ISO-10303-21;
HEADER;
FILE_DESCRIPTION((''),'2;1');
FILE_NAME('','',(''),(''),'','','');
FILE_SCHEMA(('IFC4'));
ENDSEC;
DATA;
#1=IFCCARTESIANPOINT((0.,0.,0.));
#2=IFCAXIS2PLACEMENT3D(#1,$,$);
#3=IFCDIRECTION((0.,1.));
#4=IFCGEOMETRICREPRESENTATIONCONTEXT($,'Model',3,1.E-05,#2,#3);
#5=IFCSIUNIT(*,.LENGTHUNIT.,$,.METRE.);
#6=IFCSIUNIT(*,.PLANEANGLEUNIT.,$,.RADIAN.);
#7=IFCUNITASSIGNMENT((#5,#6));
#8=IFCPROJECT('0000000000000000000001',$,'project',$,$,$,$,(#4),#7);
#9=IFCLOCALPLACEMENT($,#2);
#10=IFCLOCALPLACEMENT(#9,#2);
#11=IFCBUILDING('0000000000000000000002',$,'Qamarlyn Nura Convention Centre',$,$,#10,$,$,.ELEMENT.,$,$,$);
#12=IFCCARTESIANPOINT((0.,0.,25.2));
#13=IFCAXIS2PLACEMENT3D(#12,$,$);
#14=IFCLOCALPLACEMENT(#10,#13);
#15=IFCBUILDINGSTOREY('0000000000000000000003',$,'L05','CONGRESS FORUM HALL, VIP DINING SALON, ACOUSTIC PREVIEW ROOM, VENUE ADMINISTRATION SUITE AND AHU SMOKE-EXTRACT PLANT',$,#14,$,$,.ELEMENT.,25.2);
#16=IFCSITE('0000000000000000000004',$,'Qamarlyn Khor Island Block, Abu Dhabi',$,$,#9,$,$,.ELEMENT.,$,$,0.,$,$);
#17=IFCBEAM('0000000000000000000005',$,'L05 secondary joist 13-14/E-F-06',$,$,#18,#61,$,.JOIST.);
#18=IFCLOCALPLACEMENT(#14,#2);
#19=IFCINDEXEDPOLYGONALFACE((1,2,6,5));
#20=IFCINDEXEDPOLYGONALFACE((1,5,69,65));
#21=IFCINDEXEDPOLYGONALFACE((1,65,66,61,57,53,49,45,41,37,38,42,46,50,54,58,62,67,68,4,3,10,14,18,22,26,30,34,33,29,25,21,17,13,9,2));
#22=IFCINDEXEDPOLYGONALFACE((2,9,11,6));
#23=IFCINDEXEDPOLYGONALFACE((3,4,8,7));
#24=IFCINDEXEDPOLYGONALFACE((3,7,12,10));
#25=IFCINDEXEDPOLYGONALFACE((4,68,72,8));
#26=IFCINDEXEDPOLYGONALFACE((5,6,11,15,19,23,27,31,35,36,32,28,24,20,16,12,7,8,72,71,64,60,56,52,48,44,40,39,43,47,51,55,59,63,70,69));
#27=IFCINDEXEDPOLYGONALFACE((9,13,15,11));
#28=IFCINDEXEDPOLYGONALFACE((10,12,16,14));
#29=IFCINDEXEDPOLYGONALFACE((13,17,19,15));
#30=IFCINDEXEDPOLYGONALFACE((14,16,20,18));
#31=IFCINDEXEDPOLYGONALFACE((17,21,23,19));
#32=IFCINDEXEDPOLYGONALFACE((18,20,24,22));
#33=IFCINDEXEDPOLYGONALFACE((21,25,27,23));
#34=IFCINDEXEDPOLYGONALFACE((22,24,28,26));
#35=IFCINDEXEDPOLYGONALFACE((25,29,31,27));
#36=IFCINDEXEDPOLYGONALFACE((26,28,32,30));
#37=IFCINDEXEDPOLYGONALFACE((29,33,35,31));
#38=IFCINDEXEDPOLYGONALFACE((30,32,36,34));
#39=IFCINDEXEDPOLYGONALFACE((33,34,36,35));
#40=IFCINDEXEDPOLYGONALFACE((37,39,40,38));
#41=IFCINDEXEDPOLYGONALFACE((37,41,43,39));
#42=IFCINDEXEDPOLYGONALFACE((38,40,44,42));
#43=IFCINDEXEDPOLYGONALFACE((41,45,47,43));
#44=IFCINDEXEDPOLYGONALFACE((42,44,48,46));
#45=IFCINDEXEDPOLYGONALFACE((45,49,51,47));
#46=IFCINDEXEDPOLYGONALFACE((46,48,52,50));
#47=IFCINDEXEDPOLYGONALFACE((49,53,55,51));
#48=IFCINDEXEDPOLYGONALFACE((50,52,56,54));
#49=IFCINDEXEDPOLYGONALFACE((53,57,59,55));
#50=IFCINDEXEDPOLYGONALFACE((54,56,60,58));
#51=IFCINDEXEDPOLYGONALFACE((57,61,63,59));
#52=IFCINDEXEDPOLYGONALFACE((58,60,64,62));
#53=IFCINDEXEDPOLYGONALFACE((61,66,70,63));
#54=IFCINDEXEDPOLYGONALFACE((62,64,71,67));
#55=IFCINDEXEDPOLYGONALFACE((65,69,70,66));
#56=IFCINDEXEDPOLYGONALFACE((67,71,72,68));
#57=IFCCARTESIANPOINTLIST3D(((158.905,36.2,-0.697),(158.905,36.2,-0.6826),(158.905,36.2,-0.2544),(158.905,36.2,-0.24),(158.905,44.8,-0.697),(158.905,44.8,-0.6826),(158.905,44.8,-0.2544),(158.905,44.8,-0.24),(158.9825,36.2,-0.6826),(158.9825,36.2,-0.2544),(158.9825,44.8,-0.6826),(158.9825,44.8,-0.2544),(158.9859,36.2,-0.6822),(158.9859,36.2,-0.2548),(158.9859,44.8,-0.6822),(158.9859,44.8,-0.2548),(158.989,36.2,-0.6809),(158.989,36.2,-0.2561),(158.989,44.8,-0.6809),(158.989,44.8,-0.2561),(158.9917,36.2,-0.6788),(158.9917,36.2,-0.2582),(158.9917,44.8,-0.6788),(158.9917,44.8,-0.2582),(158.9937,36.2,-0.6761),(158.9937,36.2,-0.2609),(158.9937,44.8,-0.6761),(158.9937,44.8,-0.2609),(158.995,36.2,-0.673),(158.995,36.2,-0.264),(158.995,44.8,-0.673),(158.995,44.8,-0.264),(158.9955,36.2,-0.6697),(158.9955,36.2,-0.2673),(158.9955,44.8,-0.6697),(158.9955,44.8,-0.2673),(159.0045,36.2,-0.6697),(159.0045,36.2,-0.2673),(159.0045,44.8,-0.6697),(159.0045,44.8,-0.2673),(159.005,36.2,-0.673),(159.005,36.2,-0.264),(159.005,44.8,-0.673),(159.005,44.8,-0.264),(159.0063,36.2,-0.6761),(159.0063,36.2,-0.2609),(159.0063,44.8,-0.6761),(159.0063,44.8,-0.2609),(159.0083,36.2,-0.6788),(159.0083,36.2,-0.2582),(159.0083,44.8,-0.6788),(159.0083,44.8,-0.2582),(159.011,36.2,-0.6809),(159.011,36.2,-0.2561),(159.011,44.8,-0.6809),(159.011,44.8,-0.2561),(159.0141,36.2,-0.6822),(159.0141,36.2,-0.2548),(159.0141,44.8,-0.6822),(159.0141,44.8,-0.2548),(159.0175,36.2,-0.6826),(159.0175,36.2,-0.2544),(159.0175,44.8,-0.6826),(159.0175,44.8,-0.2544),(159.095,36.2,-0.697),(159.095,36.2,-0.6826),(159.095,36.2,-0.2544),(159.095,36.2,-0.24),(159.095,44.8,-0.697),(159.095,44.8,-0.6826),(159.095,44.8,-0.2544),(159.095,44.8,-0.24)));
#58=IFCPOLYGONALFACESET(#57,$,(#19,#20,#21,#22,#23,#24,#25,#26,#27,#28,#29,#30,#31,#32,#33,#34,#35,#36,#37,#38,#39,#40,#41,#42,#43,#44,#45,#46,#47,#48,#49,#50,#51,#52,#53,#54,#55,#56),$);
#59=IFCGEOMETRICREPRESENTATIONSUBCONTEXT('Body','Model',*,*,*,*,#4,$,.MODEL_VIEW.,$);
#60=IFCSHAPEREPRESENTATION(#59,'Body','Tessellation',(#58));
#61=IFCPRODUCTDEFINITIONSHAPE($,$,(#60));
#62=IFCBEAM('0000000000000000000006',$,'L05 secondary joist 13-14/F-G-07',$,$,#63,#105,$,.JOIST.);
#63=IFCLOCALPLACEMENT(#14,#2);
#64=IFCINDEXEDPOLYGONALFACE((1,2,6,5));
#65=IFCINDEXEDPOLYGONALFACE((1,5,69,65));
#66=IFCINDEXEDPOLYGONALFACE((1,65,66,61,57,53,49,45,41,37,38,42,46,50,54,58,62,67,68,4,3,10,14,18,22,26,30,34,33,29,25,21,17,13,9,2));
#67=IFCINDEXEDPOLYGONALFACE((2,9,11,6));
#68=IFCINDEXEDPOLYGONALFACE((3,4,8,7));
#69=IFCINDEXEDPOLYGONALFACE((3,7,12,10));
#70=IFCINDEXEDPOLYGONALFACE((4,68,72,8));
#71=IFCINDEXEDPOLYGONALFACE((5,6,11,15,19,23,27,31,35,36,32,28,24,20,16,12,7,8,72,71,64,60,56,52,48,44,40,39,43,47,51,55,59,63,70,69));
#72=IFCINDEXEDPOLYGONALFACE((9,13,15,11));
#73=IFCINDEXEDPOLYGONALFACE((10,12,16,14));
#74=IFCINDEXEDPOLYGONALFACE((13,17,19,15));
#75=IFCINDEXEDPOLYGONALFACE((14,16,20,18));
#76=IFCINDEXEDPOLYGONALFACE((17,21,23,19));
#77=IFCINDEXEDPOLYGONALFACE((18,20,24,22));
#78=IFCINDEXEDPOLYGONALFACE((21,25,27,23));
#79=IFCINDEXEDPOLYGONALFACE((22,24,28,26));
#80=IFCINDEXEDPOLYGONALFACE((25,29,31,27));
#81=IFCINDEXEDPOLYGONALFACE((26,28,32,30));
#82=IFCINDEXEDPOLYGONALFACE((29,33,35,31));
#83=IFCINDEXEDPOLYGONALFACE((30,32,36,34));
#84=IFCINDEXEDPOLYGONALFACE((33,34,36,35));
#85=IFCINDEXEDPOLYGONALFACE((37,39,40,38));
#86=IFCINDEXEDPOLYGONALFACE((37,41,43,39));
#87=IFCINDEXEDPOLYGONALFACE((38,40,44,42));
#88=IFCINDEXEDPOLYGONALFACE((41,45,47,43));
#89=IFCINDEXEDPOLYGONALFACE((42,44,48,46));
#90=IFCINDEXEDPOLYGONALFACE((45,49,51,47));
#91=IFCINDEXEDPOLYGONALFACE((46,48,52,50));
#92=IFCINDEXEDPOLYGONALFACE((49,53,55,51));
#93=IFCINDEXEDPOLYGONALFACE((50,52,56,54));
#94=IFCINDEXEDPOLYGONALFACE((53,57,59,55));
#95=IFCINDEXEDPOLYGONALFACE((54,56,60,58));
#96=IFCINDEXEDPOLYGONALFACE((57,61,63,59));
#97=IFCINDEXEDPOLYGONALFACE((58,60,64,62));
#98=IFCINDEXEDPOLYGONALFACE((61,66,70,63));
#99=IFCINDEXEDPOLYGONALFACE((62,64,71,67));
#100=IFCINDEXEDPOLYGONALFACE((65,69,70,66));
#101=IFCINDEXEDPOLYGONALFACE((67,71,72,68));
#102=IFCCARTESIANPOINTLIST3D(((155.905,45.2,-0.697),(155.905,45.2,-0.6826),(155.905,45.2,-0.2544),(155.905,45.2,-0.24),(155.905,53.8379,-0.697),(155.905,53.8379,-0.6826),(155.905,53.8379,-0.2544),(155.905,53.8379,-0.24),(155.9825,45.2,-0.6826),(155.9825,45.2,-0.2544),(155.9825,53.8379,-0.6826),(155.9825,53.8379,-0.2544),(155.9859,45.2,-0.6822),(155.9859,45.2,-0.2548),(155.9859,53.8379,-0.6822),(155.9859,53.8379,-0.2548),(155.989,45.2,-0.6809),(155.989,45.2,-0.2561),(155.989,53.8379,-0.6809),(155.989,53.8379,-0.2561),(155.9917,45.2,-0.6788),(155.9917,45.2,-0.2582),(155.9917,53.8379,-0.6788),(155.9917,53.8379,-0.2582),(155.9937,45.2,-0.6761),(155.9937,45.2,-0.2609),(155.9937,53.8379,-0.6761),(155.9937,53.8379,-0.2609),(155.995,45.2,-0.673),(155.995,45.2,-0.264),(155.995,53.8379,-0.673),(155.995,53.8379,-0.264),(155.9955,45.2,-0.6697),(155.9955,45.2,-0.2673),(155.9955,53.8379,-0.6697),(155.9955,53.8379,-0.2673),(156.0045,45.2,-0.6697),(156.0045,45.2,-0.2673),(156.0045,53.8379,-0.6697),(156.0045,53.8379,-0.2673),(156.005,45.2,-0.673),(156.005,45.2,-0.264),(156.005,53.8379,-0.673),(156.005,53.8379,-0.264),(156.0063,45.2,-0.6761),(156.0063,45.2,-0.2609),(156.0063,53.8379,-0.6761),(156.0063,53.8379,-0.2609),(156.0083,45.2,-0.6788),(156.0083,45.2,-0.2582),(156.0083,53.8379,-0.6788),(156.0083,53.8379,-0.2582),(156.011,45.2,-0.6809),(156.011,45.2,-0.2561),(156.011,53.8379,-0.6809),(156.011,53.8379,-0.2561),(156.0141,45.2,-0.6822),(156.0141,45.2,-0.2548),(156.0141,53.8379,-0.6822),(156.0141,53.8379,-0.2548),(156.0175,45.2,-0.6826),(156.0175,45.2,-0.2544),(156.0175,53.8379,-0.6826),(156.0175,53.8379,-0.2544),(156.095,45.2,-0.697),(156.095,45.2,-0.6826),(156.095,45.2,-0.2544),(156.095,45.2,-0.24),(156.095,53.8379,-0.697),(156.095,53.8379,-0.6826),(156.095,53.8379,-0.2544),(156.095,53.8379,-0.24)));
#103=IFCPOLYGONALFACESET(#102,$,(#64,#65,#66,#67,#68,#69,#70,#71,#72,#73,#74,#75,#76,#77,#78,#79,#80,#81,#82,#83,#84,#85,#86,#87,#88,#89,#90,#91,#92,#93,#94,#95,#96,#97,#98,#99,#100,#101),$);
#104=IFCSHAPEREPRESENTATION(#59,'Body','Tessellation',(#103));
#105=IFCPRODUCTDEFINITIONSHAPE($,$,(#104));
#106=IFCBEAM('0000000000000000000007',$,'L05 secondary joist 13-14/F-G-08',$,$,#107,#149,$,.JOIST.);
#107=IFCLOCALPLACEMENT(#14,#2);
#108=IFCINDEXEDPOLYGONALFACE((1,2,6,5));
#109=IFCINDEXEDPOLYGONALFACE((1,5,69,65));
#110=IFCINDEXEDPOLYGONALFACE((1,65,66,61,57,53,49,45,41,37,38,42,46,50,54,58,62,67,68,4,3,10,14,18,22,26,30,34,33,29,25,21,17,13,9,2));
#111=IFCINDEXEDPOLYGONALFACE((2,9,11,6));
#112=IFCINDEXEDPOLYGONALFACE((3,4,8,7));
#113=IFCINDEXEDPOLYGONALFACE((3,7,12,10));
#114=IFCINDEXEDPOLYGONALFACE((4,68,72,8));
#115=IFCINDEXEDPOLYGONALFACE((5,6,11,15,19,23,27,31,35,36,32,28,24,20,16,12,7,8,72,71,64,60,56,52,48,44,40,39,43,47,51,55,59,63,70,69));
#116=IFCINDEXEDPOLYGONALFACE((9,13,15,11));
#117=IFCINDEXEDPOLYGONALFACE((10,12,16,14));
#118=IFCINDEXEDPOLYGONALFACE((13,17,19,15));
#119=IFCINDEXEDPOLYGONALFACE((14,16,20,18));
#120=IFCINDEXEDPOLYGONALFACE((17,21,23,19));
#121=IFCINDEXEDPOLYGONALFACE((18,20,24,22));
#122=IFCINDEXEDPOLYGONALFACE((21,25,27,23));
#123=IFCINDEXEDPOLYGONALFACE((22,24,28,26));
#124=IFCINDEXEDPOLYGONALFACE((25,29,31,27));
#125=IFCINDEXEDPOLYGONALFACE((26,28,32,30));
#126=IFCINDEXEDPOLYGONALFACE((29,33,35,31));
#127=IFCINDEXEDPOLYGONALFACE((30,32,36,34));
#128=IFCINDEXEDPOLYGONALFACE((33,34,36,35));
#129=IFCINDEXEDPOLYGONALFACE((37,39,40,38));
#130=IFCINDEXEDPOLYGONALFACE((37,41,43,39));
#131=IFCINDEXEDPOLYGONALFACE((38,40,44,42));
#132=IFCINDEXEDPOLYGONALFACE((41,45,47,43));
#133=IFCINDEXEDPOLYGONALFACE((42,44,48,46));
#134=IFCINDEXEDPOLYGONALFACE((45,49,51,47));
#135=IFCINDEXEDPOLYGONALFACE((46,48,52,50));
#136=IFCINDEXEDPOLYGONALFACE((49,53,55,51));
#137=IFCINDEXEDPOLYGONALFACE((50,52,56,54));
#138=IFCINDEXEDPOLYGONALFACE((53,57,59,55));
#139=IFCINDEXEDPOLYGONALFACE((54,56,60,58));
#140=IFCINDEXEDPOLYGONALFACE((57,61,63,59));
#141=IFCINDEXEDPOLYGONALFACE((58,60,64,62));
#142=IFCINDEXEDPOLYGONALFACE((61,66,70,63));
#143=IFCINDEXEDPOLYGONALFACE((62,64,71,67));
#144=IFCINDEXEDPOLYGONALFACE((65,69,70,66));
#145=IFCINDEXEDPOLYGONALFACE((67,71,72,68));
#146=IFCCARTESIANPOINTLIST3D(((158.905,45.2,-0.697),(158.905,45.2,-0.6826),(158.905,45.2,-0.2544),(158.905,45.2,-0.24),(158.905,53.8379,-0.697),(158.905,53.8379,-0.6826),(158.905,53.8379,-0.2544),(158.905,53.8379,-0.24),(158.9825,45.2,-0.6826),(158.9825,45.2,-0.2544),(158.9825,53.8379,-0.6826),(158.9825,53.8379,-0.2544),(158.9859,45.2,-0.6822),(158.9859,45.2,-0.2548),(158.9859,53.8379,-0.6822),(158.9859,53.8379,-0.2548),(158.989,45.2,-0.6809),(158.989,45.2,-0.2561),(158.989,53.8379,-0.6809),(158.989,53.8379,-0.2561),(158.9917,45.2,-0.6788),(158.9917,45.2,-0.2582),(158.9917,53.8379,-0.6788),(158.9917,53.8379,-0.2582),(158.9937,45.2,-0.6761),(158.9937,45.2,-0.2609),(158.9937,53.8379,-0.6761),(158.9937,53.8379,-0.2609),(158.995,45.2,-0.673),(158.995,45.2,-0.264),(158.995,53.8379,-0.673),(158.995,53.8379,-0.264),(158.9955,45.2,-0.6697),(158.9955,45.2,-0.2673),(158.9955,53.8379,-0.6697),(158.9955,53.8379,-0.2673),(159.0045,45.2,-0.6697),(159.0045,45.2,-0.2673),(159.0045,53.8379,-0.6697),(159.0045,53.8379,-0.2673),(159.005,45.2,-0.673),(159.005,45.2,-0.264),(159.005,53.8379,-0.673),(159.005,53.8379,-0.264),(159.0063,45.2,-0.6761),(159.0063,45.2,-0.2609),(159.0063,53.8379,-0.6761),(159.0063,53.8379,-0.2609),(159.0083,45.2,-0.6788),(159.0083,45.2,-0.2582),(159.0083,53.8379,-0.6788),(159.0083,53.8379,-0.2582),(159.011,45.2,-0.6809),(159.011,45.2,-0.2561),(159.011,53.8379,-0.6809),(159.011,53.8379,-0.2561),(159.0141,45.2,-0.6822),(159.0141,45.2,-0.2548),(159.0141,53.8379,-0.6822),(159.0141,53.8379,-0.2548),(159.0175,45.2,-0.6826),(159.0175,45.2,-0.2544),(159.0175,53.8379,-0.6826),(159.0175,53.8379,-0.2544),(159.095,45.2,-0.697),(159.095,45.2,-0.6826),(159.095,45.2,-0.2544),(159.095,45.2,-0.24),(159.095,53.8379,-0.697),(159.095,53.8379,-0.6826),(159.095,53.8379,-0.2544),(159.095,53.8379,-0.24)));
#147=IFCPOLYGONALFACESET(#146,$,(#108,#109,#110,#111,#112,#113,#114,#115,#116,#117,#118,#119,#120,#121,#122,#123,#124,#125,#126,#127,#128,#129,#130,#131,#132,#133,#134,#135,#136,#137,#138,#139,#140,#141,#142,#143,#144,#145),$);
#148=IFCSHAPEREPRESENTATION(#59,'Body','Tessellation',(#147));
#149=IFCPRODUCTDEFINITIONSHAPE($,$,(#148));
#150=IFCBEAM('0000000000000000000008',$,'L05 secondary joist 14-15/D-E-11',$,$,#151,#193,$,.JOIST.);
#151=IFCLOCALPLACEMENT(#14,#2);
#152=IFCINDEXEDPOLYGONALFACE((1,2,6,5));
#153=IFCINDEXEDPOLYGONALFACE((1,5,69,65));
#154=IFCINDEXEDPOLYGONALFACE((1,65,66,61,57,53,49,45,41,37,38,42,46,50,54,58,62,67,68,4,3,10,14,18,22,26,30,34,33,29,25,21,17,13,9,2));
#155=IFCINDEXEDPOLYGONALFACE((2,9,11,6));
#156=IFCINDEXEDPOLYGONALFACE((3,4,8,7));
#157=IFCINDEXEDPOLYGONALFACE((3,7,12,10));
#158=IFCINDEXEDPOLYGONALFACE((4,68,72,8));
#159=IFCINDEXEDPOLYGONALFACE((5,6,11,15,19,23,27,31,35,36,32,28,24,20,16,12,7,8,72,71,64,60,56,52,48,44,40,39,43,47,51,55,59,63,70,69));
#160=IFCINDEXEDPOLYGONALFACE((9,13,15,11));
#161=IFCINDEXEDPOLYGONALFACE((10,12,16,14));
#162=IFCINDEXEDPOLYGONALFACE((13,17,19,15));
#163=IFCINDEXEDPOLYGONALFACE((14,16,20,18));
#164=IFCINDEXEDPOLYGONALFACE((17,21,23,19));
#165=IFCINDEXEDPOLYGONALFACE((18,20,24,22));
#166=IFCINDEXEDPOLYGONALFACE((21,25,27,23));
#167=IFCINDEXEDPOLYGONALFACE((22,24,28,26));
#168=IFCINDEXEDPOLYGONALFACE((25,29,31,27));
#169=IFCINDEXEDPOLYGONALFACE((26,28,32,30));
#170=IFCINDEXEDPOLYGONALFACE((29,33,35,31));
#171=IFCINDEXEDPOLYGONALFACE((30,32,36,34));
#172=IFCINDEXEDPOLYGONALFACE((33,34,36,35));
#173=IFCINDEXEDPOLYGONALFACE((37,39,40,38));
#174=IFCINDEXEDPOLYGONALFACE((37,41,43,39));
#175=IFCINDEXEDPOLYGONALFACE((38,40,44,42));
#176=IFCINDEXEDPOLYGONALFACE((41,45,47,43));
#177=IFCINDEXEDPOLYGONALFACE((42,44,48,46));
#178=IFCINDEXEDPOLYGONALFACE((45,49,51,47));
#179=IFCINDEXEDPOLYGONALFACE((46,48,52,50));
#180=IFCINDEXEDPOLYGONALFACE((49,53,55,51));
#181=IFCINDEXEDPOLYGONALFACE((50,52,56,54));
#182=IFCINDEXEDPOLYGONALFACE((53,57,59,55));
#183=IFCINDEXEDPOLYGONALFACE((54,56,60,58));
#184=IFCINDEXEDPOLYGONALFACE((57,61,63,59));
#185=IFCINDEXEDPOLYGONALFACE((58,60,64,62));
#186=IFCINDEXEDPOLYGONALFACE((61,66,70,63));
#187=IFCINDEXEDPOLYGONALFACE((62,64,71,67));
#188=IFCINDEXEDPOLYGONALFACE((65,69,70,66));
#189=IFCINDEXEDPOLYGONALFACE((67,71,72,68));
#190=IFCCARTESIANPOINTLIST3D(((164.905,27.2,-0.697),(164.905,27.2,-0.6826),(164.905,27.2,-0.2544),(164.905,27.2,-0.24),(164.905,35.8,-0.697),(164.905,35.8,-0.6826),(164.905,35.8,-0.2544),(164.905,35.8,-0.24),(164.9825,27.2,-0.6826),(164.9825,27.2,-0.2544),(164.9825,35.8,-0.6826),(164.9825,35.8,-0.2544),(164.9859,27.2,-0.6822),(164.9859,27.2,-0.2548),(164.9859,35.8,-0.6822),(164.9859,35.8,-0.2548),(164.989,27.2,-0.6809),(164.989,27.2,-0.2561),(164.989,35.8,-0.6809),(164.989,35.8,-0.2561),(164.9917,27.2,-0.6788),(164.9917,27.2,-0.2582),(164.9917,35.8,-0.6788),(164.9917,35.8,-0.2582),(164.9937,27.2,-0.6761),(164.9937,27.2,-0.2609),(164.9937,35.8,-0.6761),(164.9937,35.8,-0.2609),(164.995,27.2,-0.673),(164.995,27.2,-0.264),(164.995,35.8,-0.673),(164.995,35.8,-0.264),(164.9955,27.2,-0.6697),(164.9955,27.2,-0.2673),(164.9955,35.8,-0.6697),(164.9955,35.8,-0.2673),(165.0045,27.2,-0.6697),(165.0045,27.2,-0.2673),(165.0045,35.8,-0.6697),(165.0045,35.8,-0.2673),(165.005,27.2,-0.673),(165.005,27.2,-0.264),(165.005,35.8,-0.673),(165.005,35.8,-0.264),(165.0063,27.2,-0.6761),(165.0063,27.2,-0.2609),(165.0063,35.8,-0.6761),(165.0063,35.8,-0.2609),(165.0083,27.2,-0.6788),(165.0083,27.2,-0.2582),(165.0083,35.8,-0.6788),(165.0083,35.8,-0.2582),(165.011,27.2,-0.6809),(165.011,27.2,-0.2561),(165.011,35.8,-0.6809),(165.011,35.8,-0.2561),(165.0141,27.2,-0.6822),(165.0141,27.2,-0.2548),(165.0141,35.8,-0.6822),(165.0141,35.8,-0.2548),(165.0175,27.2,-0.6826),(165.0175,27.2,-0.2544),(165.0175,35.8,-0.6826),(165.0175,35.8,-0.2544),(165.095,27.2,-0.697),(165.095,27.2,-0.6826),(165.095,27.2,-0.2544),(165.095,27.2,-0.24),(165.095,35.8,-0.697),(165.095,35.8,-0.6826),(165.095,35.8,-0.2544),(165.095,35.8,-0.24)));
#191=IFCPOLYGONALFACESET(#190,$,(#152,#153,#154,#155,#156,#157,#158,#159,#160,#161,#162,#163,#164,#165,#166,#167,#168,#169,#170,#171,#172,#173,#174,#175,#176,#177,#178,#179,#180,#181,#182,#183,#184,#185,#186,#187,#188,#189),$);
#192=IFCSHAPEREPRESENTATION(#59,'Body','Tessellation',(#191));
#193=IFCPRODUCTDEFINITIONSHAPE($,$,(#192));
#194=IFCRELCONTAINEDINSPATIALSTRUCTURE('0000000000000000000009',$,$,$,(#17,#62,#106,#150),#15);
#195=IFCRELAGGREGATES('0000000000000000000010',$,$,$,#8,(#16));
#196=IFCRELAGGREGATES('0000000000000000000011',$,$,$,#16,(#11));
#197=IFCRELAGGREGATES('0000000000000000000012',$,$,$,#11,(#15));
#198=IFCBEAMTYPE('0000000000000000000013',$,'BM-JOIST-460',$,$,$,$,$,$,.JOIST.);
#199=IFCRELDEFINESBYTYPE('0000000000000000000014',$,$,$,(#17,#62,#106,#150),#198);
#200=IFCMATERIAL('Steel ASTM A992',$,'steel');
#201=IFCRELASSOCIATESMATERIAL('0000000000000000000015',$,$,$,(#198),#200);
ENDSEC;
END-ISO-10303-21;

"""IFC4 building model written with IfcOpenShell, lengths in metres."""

from ifc_helpers import new_model, si_unit, direction, frame, origin, origin_2d, place, context, subcontext, project, spatial, i_section, extrude, material, material_profile, profile_set, type_object, element, save


model = new_model("IFC4")

# Units and contexts
model_context = context("Model", 3, precision=1e-05, world=origin(), true_north=direction((0.0, 1.0)))
body_context = subcontext(model_context, "Body", "Model", "MODEL_VIEW")
ifc_project = project(units=[si_unit("LENGTHUNIT", "METRE"), si_unit("PLANEANGLEUNIT", "RADIAN")], contexts=[model_context])

# Site, building, storey
site_placement = place(None, origin())
site = spatial("IfcSite", under=ifc_project, at=site_placement, Name="Qamarlyn Khor Island Block, Abu Dhabi", CompositionType="ELEMENT", RefElevation=0.0)
building_placement = place(site_placement, origin())
building = spatial("IfcBuilding", under=site, at=building_placement, Name="Qamarlyn Nura Convention Centre", CompositionType="ELEMENT")
storey_placement = place(building_placement, frame((0.0, 0.0, 25.2)))
storey = spatial("IfcBuildingStorey", under=building, at=storey_placement, Name="L05", Description="CONGRESS FORUM HALL, VIP DINING SALON, ACOUSTIC PREVIEW ROOM, VENUE ADMINISTRATION SUITE AND AHU SMOKE-EXTRACT PLANT", CompositionType="ELEMENT", Elevation=25.2)

# Shared definitions
ifc_material_1 = material(Name="Steel ASTM A992", Category="steel")

# Beams
ifc_material_profile_1 = material_profile(ifc_material_1, i_section(OverallWidth=0.1899, OverallDepth=0.457, WebThickness=0.009, FlangeThickness=0.0144, FilletRadius=0.0129, at=origin_2d()), Name="W460X74")
ifc_profile_set_1 = profile_set([ifc_material_profile_1], Name="Steel ASTM A992")
beam_type_1 = type_object("IfcBeamType", Name="BM-JOIST-460", PredefinedType="JOIST", material=ifc_profile_set_1)
for number, where, z_axis, x_axis, name in (
    (1, (159.0, 36.2, -0.4685), (0.0, 1.0, 0.0), (-1.0, 0.0, 0.0), "L05 secondary joist 13-14/E-F-06"),
):
    element("IfcBeam", number, at=place(storey_placement, frame(where, z_axis=z_axis, x_axis=x_axis)), inside=storey, type_object=beam_type_1, Name=name, PredefinedType="JOIST", context=body_context, shape_type="SweptSolid", body=[
        extrude(i_section(OverallWidth=0.1899, OverallDepth=0.457, WebThickness=0.009, FlangeThickness=0.0144, FilletRadius=0.0129, at=origin_2d()), origin(), (0.0, 0.0, 1.0), 8.6001),
    ])
for number, where, z_axis, x_axis, name in (
    (2, (156.0, 45.2, -0.4685), (0.0, 1.0, 0.0), (-1.0, 0.0, 0.0), "L05 secondary joist 13-14/F-G-07"),
    (3, (159.0, 45.2, -0.4685), (0.0, 1.0, 0.0), (-1.0, 0.0, 0.0), "L05 secondary joist 13-14/F-G-08"),
):
    element("IfcBeam", number, at=place(storey_placement, frame(where, z_axis=z_axis, x_axis=x_axis)), inside=storey, type_object=beam_type_1, Name=name, PredefinedType="JOIST", context=body_context, shape_type="SweptSolid", body=[
        extrude(i_section(OverallWidth=0.1899, OverallDepth=0.457, WebThickness=0.009, FlangeThickness=0.0144, FilletRadius=0.0129, at=origin_2d()), origin(), (0.0, 0.0, 1.0), 8.6379),
    ])
for number, where, z_axis, x_axis, name in (
    (4, (165.0, 27.2, -0.4685), (0.0, 1.0, 0.0), (-1.0, 0.0, 0.0), "L05 secondary joist 14-15/D-E-11"),
):
    element("IfcBeam", number, at=place(storey_placement, frame(where, z_axis=z_axis, x_axis=x_axis)), inside=storey, type_object=beam_type_1, Name=name, PredefinedType="JOIST", context=body_context, shape_type="SweptSolid", body=[
        extrude(i_section(OverallWidth=0.1899, OverallDepth=0.457, WebThickness=0.009, FlangeThickness=0.0144, FilletRadius=0.0129, at=origin_2d()), origin(), (0.0, 0.0, 1.0), 8.6001),
    ])

save(model, "model.ifc")
